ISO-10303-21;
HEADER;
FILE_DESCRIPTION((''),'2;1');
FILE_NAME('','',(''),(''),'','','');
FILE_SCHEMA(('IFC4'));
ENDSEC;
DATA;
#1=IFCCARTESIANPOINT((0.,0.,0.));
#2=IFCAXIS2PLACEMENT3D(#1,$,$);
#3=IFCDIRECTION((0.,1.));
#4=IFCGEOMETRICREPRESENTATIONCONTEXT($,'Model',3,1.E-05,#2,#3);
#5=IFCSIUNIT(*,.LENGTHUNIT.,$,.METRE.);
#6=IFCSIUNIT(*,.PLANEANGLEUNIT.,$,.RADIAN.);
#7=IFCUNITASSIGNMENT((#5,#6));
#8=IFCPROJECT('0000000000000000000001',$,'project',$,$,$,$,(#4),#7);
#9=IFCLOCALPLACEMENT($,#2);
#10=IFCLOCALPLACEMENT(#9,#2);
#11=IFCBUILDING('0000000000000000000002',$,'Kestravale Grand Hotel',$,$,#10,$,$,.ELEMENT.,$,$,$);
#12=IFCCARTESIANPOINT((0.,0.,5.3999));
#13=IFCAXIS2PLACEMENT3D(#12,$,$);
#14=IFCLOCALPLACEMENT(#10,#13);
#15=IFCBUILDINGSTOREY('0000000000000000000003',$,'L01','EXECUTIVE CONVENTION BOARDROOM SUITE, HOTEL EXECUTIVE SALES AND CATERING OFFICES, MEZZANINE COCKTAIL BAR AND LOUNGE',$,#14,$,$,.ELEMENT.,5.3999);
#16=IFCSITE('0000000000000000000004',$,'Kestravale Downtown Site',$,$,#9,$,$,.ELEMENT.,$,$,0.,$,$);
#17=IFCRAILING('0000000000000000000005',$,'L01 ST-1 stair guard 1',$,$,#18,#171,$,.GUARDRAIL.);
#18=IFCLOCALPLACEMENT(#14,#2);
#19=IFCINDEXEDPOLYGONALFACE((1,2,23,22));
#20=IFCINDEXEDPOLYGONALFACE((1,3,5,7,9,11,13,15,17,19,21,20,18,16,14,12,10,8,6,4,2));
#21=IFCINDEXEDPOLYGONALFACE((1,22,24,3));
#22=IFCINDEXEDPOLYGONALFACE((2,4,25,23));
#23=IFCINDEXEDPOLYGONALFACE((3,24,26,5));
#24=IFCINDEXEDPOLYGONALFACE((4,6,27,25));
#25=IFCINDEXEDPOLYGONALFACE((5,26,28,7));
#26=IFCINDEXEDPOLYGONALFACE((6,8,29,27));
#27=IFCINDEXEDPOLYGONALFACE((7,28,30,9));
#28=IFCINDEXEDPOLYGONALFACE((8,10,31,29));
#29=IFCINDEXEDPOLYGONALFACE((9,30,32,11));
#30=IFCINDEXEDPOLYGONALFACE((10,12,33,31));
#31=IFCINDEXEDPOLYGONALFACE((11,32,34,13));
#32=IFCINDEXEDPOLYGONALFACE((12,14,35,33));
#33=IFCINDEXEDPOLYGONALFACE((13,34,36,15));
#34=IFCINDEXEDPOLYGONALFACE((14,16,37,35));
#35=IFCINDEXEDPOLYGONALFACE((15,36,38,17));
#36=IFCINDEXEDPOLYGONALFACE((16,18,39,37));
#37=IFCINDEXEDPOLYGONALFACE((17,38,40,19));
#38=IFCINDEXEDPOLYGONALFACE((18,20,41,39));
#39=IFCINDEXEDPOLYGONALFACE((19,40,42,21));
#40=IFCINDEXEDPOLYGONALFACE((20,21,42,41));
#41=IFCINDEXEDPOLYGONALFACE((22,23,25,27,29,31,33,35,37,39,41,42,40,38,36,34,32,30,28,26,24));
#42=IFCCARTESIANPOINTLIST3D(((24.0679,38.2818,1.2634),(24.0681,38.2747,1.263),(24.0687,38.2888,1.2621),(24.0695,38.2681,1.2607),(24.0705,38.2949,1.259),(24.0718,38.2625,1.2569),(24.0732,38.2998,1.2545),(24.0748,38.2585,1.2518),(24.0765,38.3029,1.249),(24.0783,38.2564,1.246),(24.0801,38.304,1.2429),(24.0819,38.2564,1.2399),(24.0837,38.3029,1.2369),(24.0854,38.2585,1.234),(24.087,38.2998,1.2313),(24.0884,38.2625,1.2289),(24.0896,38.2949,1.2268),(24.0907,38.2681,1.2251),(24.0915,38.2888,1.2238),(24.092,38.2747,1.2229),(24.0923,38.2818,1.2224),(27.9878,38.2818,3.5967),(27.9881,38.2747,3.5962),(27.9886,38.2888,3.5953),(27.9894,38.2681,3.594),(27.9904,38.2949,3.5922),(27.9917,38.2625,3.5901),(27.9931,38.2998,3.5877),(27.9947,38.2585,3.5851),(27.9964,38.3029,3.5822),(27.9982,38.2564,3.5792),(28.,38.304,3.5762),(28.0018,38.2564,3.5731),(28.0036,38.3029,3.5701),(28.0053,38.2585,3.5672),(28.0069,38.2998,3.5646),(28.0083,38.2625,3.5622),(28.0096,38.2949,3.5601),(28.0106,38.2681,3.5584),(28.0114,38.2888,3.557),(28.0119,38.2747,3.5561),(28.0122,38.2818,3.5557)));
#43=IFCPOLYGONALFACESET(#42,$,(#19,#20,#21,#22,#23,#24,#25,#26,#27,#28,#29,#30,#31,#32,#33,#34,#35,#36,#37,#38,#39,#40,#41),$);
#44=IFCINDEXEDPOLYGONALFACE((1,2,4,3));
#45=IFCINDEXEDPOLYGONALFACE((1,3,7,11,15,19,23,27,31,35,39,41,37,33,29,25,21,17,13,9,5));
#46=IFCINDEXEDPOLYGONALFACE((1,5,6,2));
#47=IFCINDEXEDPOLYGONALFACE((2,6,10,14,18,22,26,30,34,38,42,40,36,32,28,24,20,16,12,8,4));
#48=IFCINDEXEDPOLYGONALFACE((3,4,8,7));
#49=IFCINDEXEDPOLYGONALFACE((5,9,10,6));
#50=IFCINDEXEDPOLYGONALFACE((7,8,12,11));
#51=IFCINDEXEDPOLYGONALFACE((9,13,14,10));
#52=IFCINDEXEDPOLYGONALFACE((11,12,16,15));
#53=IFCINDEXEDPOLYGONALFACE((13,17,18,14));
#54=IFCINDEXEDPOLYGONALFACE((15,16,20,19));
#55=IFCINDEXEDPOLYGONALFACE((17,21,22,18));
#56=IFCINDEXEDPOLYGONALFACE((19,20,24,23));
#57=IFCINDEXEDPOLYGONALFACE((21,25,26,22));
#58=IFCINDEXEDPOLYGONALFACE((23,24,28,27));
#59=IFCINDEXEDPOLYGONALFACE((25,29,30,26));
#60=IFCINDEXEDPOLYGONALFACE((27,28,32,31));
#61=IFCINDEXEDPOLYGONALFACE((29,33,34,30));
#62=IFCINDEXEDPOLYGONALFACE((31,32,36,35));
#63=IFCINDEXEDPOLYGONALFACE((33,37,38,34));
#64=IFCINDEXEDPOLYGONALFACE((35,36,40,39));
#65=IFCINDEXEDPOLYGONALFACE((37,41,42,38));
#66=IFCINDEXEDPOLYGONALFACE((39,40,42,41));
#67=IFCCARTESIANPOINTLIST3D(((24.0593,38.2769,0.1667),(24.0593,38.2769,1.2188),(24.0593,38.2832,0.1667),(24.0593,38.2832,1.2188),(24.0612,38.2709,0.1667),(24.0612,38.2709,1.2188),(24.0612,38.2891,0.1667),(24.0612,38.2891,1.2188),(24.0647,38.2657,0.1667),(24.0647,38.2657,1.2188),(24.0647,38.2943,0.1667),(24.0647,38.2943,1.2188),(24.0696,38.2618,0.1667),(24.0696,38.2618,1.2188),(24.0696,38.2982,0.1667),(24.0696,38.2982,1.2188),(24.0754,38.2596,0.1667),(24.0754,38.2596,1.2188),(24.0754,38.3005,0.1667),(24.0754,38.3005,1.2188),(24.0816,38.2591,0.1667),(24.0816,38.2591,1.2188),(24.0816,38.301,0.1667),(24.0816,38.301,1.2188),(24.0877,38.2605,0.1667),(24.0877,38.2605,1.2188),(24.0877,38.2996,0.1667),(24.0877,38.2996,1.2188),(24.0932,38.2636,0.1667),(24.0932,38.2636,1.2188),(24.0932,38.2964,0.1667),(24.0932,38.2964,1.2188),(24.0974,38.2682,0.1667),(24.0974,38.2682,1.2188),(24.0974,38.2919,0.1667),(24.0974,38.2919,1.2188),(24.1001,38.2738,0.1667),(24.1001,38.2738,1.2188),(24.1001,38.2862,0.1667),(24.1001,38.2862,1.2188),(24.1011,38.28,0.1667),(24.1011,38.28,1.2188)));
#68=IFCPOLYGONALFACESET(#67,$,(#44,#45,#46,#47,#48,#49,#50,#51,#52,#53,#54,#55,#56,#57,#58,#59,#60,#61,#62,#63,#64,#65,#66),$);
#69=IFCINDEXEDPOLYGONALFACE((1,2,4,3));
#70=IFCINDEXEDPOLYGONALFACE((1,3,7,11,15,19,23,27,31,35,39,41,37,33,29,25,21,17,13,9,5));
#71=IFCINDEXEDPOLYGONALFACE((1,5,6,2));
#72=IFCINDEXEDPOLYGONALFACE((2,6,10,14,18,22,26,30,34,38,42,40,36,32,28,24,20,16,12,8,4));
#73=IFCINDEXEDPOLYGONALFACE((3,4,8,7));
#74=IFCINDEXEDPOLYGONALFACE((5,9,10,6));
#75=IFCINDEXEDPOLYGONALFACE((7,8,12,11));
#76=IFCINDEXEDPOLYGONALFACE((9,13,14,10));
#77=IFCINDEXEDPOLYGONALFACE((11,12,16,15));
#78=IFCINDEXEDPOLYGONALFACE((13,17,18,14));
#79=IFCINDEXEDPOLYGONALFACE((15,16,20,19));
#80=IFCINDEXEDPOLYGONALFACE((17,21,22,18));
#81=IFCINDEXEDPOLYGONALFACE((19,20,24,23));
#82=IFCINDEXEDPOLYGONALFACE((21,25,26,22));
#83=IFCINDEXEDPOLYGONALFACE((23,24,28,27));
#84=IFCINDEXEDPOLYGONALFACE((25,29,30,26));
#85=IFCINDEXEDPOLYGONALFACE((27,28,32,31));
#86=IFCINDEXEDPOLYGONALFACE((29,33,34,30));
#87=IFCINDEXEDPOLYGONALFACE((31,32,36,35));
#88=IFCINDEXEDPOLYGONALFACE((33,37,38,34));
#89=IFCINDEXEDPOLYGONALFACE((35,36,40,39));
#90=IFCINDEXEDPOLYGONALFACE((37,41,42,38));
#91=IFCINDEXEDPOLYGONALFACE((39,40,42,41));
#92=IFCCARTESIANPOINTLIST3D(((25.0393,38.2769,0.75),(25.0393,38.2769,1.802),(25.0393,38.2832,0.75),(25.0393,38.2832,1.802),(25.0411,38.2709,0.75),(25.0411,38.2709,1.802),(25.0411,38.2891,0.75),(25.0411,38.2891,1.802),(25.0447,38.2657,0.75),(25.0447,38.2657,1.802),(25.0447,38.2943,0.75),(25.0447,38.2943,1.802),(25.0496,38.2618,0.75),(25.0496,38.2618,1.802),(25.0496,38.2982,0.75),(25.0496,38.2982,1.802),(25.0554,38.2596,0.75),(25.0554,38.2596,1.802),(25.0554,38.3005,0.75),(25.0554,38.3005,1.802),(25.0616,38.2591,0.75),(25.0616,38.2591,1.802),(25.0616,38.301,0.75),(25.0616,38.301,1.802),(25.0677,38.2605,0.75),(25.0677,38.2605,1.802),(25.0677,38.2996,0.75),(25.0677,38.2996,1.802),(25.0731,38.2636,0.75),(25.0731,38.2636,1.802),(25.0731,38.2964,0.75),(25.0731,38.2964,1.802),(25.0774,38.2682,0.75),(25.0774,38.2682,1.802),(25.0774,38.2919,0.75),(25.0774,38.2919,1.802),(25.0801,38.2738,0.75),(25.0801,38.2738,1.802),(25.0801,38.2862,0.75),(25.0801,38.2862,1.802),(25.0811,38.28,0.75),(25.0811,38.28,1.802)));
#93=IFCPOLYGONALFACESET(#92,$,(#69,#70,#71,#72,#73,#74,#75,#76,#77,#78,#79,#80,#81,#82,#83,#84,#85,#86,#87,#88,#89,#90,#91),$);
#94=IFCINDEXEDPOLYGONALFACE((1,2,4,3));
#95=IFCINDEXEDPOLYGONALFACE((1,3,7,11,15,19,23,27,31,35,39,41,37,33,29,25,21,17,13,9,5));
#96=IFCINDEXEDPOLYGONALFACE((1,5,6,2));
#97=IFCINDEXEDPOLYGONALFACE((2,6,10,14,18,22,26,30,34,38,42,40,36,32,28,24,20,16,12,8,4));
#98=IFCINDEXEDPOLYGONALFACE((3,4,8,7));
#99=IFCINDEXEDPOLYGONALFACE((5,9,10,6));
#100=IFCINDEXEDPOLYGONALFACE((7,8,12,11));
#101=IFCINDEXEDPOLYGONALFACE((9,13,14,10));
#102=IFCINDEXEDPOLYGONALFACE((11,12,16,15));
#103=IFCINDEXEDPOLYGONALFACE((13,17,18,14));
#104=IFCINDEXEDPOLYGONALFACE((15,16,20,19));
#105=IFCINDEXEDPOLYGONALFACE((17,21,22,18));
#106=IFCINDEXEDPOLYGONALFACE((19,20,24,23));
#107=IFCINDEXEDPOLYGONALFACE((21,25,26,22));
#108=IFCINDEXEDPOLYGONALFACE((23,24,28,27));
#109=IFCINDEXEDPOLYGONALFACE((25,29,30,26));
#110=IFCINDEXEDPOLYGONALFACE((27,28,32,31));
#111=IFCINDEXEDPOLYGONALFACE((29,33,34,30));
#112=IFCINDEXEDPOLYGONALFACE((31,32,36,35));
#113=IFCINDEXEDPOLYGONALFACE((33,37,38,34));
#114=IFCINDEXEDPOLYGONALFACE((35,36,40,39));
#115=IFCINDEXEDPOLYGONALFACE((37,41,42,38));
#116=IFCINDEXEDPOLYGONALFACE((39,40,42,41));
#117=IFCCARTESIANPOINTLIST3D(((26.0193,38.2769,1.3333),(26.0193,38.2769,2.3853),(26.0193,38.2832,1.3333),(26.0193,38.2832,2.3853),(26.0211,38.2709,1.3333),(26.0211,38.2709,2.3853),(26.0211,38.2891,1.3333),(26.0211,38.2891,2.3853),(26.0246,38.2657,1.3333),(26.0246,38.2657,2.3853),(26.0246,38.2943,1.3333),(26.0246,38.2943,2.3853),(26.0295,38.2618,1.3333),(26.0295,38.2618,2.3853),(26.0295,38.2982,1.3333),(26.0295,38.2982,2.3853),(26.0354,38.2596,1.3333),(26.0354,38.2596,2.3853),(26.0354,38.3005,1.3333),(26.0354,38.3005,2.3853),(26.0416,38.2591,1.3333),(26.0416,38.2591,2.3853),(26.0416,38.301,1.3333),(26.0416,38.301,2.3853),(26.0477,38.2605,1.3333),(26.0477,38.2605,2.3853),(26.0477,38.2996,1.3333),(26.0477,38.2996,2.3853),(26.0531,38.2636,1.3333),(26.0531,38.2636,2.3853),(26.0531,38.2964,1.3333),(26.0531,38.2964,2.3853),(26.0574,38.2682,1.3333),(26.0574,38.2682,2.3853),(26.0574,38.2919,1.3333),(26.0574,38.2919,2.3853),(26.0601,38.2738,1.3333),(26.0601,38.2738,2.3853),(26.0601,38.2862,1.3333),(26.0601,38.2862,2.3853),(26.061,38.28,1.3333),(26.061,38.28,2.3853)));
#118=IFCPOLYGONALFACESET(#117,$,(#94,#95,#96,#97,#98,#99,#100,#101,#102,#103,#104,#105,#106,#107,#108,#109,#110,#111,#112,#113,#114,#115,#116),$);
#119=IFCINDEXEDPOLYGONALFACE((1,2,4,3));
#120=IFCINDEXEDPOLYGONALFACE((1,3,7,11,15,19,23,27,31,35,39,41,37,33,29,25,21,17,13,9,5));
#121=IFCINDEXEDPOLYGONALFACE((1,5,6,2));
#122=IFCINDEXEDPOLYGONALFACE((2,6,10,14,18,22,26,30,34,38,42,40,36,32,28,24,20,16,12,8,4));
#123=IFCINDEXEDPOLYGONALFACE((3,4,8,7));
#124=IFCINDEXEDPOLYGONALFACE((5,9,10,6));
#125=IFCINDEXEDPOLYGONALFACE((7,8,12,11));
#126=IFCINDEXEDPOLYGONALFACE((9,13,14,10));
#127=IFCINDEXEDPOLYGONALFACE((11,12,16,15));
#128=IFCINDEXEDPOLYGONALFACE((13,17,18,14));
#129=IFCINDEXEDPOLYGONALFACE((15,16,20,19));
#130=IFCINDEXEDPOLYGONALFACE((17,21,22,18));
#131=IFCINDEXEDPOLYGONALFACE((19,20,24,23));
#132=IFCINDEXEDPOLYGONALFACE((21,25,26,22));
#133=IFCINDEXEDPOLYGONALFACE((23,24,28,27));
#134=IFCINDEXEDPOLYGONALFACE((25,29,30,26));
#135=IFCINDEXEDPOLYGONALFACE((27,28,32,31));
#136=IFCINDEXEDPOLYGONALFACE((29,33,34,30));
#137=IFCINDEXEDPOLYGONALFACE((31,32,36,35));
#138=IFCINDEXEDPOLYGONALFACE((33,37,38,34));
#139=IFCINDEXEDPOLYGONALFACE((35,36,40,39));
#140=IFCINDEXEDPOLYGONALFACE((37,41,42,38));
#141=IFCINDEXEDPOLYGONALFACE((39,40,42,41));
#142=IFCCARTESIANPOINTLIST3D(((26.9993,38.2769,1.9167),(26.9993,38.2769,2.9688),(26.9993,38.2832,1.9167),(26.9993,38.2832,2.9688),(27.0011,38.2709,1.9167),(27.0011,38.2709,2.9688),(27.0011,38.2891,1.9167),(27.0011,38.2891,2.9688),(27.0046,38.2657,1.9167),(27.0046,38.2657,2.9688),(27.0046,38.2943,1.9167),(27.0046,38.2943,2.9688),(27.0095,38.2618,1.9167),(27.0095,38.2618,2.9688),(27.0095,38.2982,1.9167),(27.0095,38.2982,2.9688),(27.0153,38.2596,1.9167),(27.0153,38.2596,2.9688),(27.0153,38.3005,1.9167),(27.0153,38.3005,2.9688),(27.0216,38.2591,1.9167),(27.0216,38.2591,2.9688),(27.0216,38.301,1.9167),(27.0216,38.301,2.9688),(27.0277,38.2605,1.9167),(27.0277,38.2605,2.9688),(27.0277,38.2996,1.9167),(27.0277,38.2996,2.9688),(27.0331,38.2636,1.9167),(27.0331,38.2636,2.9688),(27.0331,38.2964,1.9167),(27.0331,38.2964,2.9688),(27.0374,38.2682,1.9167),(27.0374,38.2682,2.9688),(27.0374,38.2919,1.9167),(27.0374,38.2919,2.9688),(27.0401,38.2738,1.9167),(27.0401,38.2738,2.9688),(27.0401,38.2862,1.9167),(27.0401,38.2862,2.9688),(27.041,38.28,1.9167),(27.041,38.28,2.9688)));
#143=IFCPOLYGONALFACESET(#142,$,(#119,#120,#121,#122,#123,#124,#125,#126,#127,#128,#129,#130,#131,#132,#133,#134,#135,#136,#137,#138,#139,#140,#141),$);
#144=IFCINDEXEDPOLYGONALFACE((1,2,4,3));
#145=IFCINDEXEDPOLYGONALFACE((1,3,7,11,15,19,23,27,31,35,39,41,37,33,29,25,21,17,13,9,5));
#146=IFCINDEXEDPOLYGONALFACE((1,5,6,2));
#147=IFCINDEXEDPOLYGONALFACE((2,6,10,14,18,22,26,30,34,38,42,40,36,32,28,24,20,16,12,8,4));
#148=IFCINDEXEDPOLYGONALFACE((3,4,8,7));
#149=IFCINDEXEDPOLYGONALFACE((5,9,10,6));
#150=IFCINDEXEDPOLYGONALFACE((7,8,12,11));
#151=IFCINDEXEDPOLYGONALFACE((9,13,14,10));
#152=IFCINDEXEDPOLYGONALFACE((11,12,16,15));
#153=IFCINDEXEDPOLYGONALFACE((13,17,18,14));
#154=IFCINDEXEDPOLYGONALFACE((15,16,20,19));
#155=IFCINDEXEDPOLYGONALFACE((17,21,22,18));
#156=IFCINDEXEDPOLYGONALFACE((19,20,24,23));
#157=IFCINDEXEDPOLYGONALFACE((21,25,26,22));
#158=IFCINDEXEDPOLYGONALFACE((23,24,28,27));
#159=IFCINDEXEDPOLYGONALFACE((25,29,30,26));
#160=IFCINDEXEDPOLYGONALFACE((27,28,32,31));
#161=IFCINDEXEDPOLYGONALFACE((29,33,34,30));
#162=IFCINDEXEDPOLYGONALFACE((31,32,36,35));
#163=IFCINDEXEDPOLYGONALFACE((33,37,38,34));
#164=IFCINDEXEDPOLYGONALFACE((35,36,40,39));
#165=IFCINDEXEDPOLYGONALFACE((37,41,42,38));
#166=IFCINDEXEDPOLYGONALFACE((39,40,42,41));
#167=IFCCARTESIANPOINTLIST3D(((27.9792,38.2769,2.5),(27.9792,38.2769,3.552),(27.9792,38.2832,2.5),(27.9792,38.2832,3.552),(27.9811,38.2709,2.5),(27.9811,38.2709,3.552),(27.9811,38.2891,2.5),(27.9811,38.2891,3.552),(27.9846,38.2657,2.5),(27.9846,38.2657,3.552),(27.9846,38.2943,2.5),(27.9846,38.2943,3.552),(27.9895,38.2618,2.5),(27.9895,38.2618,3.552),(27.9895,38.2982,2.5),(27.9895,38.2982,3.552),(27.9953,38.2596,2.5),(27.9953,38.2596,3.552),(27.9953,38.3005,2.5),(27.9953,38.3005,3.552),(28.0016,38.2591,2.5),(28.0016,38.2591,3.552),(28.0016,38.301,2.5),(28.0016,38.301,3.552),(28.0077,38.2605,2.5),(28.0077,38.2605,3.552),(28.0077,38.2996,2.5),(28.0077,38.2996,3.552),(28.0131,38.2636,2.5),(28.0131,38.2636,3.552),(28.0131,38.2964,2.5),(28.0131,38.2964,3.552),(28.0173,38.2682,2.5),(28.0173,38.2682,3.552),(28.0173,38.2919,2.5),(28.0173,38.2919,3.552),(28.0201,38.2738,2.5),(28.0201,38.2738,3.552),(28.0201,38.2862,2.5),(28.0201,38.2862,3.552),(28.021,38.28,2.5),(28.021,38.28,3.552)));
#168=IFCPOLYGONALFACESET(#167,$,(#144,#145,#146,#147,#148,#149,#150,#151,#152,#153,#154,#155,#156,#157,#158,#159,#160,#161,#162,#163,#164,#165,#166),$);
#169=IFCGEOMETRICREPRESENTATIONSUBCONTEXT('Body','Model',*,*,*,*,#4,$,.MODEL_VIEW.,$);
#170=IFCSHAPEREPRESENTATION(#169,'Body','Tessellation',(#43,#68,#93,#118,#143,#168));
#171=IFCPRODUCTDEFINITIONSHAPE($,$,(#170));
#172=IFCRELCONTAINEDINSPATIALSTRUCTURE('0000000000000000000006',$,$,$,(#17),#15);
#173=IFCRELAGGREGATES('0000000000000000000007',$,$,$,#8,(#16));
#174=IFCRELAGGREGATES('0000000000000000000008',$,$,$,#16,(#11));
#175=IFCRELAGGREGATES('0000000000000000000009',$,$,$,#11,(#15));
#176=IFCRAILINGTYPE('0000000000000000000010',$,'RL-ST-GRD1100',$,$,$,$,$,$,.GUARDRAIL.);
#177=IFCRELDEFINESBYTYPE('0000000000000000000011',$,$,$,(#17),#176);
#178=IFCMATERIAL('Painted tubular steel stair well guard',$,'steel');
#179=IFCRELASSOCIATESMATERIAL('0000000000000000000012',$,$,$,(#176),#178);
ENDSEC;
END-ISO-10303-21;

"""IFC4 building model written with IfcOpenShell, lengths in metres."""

from ifc_helpers import new_model, si_unit, direction, frame, origin, origin_2d, place, context, subcontext, project, spatial, circle, extrude, material, type_object, element, save


model = new_model("IFC4")

# Units and contexts
model_context = context("Model", 3, precision=1e-05, world=origin(), true_north=direction((0.0, 1.0)))
body_context = subcontext(model_context, "Body", "Model", "MODEL_VIEW")
ifc_project = project(units=[si_unit("LENGTHUNIT", "METRE"), si_unit("PLANEANGLEUNIT", "RADIAN")], contexts=[model_context])

# Site, building, storey
site_placement = place(None, origin())
site = spatial("IfcSite", under=ifc_project, at=site_placement, Name="Kestravale Downtown Site", CompositionType="ELEMENT", RefElevation=0.0)
building_placement = place(site_placement, origin())
building = spatial("IfcBuilding", under=site, at=building_placement, Name="Kestravale Grand Hotel", CompositionType="ELEMENT")
storey_placement = place(building_placement, frame((0.0, 0.0, 5.3999)))
storey = spatial("IfcBuildingStorey", under=building, at=storey_placement, Name="L01", Description="EXECUTIVE CONVENTION BOARDROOM SUITE, HOTEL EXECUTIVE SALES AND CATERING OFFICES, MEZZANINE COCKTAIL BAR AND LOUNGE", CompositionType="ELEMENT", Elevation=5.3999)

# Railing
ifc_material_1 = material(Name="Painted tubular steel stair well guard", Category="steel")
railing_type_1 = type_object("IfcRailingType", Name="RL-ST-GRD1100", PredefinedType="GUARDRAIL", material=ifc_material_1)
railing_1_placement = place(storey_placement, frame((24.0801, 38.28, 0.1667)))
element("IfcRailing", 1, at=railing_1_placement, inside=storey, type_object=railing_type_1, Name="L01 ST-1 stair guard 1", PredefinedType="GUARDRAIL", context=body_context, shape_type="SweptSolid", body=[
    extrude(circle(Radius=0.0239, at=origin_2d()), frame((0.0, 0.0, 1.0762), z_axis=(0.859296, 0.0, 0.511478), x_axis=(0.0, 1.0, 0.0)), (0.0, 0.0, 1.0), 4.5618),
    extrude(circle(Radius=0.021, at=origin_2d()), origin(), (0.0, 0.0, 1.0), 1.052),
    extrude(circle(Radius=0.021, at=origin_2d()), frame((0.98, 0.0, 0.5833)), (0.0, 0.0, 1.0), 1.052),
    extrude(circle(Radius=0.021, at=origin_2d()), frame((1.96, 0.0, 1.1665)), (0.0, 0.0, 1.0), 1.052),
    extrude(circle(Radius=0.021, at=origin_2d()), frame((2.9399, 0.0, 1.75)), (0.0, 0.0, 1.0), 1.052),
    extrude(circle(Radius=0.021, at=origin_2d()), frame((3.9199, 0.0, 2.3333)), (0.0, 0.0, 1.0), 1.052),
])

save(model, "model.ifc")
